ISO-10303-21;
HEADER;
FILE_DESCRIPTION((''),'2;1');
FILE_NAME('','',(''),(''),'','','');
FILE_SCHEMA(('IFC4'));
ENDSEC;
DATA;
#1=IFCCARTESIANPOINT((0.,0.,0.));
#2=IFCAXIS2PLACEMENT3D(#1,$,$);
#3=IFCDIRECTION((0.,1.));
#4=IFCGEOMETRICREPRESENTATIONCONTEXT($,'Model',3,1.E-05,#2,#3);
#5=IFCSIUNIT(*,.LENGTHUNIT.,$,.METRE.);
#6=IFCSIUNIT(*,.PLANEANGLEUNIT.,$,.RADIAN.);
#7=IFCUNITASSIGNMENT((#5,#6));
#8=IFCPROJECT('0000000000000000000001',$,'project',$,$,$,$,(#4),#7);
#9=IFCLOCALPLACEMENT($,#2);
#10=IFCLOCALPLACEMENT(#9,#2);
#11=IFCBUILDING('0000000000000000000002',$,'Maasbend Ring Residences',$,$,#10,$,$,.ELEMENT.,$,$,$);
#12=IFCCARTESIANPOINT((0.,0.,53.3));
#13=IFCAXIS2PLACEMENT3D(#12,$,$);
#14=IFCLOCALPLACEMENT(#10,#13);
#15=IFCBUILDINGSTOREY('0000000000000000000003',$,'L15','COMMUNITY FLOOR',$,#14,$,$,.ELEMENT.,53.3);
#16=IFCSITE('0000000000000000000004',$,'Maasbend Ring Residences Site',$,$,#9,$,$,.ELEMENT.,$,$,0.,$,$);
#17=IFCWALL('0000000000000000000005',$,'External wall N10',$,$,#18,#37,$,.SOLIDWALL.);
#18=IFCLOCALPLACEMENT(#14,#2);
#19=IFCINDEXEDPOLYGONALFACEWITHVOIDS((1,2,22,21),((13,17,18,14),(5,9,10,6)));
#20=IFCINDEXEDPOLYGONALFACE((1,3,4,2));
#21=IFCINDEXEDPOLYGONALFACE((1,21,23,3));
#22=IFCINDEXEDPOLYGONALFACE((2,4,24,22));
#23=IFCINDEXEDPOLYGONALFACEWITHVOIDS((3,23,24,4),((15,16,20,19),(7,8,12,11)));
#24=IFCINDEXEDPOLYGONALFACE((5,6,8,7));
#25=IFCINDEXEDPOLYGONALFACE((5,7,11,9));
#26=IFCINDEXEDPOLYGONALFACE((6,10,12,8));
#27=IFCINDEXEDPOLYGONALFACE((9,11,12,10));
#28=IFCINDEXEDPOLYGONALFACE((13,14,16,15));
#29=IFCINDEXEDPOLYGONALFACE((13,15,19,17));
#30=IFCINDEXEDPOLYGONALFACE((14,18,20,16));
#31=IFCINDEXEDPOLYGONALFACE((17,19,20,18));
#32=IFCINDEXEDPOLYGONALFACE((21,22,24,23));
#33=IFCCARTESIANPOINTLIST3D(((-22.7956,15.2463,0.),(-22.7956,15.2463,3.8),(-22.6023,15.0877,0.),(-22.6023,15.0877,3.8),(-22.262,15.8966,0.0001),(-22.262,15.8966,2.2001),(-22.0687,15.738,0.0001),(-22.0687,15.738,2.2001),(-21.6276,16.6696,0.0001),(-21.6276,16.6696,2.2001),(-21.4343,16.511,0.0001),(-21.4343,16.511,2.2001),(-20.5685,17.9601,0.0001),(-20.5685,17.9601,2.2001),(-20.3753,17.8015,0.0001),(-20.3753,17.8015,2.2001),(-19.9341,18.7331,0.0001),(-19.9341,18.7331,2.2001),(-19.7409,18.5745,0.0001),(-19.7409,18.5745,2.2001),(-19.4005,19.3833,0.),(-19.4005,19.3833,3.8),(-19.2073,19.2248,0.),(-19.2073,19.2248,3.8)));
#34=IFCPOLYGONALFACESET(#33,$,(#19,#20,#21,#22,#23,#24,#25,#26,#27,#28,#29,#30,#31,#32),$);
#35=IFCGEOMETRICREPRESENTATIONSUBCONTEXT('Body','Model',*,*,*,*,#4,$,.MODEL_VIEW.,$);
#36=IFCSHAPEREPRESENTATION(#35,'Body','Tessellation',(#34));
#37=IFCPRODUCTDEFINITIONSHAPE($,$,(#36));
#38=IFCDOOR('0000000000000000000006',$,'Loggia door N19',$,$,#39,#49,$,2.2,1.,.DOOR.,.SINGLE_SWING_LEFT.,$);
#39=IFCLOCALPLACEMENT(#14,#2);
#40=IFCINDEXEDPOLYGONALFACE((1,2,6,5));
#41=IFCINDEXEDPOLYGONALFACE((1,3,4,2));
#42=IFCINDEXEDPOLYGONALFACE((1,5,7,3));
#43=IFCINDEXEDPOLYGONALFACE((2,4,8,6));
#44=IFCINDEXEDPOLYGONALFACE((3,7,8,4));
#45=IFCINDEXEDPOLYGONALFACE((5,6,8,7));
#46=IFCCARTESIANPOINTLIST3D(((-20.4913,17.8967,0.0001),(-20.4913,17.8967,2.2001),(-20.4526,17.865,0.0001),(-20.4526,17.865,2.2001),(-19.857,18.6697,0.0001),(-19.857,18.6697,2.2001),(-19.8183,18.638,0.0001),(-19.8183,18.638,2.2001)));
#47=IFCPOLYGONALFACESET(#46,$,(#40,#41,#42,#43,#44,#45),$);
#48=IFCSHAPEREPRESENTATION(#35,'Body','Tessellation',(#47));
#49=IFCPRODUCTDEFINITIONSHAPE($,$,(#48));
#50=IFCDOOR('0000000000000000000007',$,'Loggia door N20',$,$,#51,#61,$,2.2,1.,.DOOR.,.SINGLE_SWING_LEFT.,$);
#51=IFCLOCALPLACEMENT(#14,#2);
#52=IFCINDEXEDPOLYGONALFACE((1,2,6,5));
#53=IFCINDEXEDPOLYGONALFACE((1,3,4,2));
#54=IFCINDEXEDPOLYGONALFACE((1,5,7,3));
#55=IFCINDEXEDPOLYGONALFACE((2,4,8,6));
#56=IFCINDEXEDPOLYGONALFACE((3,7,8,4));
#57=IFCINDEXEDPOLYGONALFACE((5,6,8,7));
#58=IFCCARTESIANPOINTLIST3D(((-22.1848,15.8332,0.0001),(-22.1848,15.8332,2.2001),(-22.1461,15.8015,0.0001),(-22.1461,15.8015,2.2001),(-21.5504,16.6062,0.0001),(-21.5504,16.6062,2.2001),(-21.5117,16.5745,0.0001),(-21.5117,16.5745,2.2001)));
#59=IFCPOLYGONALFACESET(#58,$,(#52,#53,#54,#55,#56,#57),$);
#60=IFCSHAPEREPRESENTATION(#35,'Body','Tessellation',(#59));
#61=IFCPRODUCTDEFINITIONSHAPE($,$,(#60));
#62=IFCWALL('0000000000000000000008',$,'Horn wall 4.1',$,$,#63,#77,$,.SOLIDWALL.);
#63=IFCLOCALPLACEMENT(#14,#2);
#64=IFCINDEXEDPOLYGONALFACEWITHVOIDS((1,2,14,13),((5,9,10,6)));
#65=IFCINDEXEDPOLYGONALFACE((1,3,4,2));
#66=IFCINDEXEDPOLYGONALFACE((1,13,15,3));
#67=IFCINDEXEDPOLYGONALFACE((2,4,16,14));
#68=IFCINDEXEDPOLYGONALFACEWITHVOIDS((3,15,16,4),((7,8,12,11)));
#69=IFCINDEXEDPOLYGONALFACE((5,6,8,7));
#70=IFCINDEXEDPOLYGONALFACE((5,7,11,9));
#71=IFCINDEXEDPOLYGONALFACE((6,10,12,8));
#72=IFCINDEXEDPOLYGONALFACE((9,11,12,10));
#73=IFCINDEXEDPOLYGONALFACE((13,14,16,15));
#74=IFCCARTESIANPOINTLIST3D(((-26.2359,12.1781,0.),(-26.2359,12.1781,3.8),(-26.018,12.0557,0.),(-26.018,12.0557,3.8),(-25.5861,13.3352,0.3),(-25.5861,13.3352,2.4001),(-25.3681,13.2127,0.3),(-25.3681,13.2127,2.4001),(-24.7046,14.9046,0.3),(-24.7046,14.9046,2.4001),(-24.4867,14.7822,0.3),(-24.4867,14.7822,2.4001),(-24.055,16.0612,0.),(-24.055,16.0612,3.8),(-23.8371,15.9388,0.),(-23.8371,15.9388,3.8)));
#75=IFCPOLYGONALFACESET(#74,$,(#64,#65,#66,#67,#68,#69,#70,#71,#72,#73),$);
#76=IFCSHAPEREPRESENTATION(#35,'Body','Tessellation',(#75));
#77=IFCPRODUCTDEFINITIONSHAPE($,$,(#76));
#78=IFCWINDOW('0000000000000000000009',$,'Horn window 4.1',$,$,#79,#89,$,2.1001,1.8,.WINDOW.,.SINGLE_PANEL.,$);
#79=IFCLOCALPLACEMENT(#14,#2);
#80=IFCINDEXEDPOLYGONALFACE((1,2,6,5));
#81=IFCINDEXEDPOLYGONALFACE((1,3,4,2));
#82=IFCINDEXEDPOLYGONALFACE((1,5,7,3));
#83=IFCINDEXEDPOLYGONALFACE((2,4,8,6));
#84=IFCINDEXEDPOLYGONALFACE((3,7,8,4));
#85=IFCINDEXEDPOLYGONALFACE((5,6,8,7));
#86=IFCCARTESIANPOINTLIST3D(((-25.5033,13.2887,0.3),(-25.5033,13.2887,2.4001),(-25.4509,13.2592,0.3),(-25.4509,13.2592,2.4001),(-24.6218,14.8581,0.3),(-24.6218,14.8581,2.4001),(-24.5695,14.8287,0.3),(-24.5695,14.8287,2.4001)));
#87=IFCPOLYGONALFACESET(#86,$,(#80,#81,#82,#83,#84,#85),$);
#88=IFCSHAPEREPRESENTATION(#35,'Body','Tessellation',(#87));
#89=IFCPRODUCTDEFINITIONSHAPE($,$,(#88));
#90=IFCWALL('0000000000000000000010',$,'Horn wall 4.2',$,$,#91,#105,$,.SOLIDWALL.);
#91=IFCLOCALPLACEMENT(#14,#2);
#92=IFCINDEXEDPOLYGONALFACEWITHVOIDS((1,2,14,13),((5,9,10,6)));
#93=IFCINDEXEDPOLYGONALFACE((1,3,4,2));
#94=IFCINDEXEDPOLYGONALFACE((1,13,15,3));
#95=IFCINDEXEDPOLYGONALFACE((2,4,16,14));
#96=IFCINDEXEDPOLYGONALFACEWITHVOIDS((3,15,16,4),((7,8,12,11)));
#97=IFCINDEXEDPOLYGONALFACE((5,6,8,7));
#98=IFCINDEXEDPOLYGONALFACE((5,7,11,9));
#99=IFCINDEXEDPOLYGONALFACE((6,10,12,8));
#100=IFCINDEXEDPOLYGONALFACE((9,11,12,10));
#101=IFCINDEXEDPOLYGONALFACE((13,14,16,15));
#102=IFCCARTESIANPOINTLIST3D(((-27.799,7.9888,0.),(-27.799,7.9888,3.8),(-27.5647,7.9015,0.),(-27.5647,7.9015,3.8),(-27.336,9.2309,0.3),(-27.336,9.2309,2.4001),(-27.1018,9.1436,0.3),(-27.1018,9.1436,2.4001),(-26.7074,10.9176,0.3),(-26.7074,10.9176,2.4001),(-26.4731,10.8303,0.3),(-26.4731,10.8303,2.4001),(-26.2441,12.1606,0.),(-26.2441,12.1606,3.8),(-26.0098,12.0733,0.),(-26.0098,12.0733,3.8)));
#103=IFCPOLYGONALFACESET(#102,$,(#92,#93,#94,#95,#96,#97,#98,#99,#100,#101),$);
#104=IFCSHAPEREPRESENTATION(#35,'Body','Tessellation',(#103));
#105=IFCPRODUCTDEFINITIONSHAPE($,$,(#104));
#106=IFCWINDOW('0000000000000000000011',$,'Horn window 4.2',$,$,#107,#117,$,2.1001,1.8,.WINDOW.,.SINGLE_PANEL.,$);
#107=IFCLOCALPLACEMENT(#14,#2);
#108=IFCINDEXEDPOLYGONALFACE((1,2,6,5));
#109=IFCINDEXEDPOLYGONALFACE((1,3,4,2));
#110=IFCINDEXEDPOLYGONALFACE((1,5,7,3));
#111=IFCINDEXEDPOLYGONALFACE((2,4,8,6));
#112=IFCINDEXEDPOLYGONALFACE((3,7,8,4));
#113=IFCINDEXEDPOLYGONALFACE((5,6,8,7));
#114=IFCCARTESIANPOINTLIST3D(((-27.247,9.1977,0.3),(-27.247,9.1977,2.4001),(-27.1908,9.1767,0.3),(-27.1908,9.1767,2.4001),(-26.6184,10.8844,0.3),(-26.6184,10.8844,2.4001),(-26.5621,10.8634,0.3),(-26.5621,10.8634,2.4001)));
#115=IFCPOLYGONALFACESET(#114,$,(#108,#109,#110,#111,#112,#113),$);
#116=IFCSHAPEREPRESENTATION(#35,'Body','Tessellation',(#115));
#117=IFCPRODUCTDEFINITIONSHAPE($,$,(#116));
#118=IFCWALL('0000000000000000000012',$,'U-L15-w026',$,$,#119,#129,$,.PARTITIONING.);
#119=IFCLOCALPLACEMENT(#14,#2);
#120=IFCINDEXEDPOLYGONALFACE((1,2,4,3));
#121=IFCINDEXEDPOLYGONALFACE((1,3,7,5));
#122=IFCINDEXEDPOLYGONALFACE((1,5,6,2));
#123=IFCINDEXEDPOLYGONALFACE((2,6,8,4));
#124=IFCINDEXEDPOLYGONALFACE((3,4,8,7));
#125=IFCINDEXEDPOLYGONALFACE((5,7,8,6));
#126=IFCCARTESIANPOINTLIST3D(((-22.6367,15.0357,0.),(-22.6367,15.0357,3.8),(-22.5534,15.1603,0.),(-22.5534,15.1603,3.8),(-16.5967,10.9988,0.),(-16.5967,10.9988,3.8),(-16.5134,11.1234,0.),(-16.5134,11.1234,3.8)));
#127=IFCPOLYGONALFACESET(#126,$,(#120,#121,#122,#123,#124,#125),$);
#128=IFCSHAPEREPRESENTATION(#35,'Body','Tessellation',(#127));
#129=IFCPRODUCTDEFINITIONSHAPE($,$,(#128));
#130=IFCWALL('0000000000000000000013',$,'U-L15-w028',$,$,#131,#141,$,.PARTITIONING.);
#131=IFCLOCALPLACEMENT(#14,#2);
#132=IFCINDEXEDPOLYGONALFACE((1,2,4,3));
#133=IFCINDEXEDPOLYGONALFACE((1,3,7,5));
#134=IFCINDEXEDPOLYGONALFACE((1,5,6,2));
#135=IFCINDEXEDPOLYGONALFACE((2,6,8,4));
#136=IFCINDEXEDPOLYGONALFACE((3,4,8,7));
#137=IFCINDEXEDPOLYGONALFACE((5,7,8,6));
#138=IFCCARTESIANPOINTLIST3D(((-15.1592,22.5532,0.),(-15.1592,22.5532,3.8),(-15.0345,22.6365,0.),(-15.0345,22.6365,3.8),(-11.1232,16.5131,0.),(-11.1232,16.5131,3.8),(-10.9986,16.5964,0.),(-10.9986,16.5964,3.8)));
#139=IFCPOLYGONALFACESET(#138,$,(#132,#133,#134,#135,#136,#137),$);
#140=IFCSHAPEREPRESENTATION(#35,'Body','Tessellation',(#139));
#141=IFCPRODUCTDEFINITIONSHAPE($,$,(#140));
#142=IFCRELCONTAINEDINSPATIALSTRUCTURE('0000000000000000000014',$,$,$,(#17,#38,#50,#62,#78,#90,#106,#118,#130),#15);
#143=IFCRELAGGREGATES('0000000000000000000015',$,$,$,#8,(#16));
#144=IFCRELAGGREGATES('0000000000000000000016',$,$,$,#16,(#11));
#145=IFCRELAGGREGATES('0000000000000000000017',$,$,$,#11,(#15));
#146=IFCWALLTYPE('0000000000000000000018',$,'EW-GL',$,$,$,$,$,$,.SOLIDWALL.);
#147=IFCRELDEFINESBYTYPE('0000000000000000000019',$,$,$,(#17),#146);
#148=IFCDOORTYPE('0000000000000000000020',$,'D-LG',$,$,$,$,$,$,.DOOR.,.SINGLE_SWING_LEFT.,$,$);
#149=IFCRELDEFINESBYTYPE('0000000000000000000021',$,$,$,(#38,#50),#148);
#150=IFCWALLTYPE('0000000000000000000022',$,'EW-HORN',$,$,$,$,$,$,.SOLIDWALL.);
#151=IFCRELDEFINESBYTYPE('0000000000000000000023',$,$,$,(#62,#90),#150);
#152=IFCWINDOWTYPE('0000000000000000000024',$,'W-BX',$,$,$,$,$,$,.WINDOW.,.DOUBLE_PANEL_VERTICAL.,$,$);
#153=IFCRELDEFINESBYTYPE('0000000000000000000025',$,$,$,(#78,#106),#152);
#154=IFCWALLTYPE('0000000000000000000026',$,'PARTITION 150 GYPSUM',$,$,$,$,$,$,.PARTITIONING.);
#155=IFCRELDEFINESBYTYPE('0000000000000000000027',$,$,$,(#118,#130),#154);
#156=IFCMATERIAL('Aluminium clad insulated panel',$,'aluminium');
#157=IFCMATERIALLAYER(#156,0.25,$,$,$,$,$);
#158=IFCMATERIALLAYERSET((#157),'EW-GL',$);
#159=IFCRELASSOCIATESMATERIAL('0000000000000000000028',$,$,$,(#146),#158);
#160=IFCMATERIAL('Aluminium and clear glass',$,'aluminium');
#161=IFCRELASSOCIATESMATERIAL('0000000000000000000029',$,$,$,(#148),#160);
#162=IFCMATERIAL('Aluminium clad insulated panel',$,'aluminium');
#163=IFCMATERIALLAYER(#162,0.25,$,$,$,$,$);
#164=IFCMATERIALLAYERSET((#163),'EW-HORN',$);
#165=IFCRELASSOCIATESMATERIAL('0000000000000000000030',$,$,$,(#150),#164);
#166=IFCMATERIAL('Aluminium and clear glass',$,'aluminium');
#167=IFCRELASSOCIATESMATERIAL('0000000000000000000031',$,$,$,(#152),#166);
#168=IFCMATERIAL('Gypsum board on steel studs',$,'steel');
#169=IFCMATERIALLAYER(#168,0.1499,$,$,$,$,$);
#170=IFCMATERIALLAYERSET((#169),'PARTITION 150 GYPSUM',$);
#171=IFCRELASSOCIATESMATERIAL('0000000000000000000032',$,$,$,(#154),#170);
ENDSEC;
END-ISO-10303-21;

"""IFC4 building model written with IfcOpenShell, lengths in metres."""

from ifc_helpers import new_model, si_unit, direction, frame, frame_2d, origin, place, context, subcontext, project, spatial, rectangle, extrude, material, layer, layer_set, type_object, element, fill, save


model = new_model("IFC4")

# Units and contexts
model_context = context("Model", 3, precision=1e-05, world=origin(), true_north=direction((0.0, 1.0)))
body_context = subcontext(model_context, "Body", "Model", "MODEL_VIEW")
ifc_project = project(units=[si_unit("LENGTHUNIT", "METRE"), si_unit("PLANEANGLEUNIT", "RADIAN")], contexts=[model_context])

# Site, building, storey
site_placement = place(None, origin())
site = spatial("IfcSite", under=ifc_project, at=site_placement, Name="Maasbend Ring Residences Site", CompositionType="ELEMENT", RefElevation=0.0)
building_placement = place(site_placement, origin())
building = spatial("IfcBuilding", under=site, at=building_placement, Name="Maasbend Ring Residences", CompositionType="ELEMENT")
storey_placement = place(building_placement, frame((0.0, 0.0, 53.3)))
storey = spatial("IfcBuildingStorey", under=building, at=storey_placement, Name="L15", Description="COMMUNITY FLOOR", CompositionType="ELEMENT", Elevation=53.3)

# Wall, openings, doors
ifc_material_1 = material(Name="Aluminium clad insulated panel", Category="aluminium")
ifc_layer_1 = layer(ifc_material_1, 0.25)
ifc_layer_set_1 = layer_set([ifc_layer_1], Name="EW-GL")
wall_type_1 = type_object("IfcWallType", Name="EW-GL", PredefinedType="SOLIDWALL", material=ifc_layer_set_1)
ifc_material_2 = material(Name="Aluminium and clear glass", Category="aluminium")
door_type_1 = type_object("IfcDoorType", Name="D-LG", OperationType="SINGLE_SWING_LEFT", PredefinedType="DOOR", material=ifc_material_2)
wall_1_placement = place(storey_placement, frame((-19.304, 19.304, 0.0), z_axis=(0.0, 0.0, 1.0), x_axis=(-0.634382, -0.773019, 0.0)))
wall_1 = element("IfcWall", 1, at=wall_1_placement, inside=storey, type_object=wall_type_1, Name="External wall N10", PredefinedType="SOLIDWALL", context=body_context, shape_type="SweptSolid", body=[
    extrude(rectangle(XDim=5.3518, YDim=0.25, at=frame_2d((2.6758, 0.0))), origin(), (0.0, 0.0, 1.0), 3.8),
])
opening_1_placement = place(wall_1_placement, frame((0.8411, 0.0, 0.0)))
opening_1 = element("IfcOpeningElement", 2, at=opening_1_placement, cuts=wall_1, PredefinedType="OPENING", context=body_context, shape_type="SweptSolid", body=[
    extrude(rectangle(XDim=1.0, YDim=2.2, at=frame_2d((0.5, 1.1001))), frame((0.0, 0.135, 0.0), z_axis=(0.0, -1.0, 0.0), x_axis=(1.0, 0.0, 0.0)), (0.0, 0.0, 1.0), 0.27),
])
opening_2_placement = place(wall_1_placement, frame((3.5105, 0.0, 0.0)))
opening_2 = element("IfcOpeningElement", 3, at=opening_2_placement, cuts=wall_1, PredefinedType="OPENING", context=body_context, shape_type="SweptSolid", body=[
    extrude(rectangle(XDim=1.0, YDim=2.2, at=frame_2d((0.5, 1.1001))), frame((0.0, 0.135, 0.0), z_axis=(0.0, -1.0, 0.0), x_axis=(1.0, 0.0, 0.0)), (0.0, 0.0, 1.0), 0.27),
])
door_1_placement = place(opening_1_placement, origin())
door_1 = element("IfcDoor", 4, at=door_1_placement, inside=storey, type_object=door_type_1, Name="Loggia door N19", OperationType="SINGLE_SWING_LEFT", OverallHeight=2.2, OverallWidth=1.0, PredefinedType="DOOR", context=body_context, shape_type="SweptSolid", body=[
    extrude(rectangle(XDim=1.0, YDim=2.2, at=frame_2d((0.5, 1.1001))), frame((0.0, 0.0249, 0.0), z_axis=(0.0, -1.0, 0.0), x_axis=(1.0, 0.0, 0.0)), (0.0, 0.0, 1.0), 0.05),
])
fill(opening_1, door_1)
door_2_placement = place(opening_2_placement, origin())
door_2 = element("IfcDoor", 5, at=door_2_placement, inside=storey, type_object=door_type_1, Name="Loggia door N20", OperationType="SINGLE_SWING_LEFT", OverallHeight=2.2, OverallWidth=1.0, PredefinedType="DOOR", context=body_context, shape_type="SweptSolid", body=[
    extrude(rectangle(XDim=1.0, YDim=2.2, at=frame_2d((0.5, 1.1001))), frame((0.0, 0.0249, 0.0), z_axis=(0.0, -1.0, 0.0), x_axis=(1.0, 0.0, 0.0)), (0.0, 0.0, 1.0), 0.05),
])
fill(opening_2, door_2)

# Walls, openings, windows
ifc_material_3 = material(Name="Aluminium clad insulated panel", Category="aluminium")
ifc_layer_2 = layer(ifc_material_3, 0.25)
ifc_layer_set_2 = layer_set([ifc_layer_2], Name="EW-HORN")
wall_type_2 = type_object("IfcWallType", Name="EW-HORN", PredefinedType="SOLIDWALL", material=ifc_layer_set_2)
wall_2_placement = place(storey_placement, frame((-23.946, 16.0, 0.0), z_axis=(0.0, 0.0, 1.0), x_axis=(-0.489696, -0.871893, 0.0)))
wall_2 = element("IfcWall", 6, at=wall_2_placement, inside=storey, type_object=wall_type_2, Name="Horn wall 4.1", PredefinedType="SOLIDWALL", context=body_context, shape_type="SweptSolid", body=[
    extrude(rectangle(XDim=4.4536, YDim=0.25, at=frame_2d((2.2268, 0.0))), origin(), (0.0, 0.0, 1.0), 3.8),
])
opening_3_placement = place(wall_2_placement, frame((1.3267, 0.0, 0.3)))
opening_3 = element("IfcOpeningElement", 7, at=opening_3_placement, cuts=wall_2, PredefinedType="OPENING", context=body_context, shape_type="SweptSolid", body=[
    extrude(rectangle(XDim=1.8, YDim=2.1001, at=frame_2d((0.8999, 1.05))), frame((0.0, 0.135, 0.0), z_axis=(0.0, -1.0, 0.0), x_axis=(1.0, 0.0, 0.0)), (0.0, 0.0, 1.0), 0.27),
])
ifc_material_4 = material(Name="Aluminium and clear glass", Category="aluminium")
window_type = type_object("IfcWindowType", Name="W-BX", PartitioningType="DOUBLE_PANEL_VERTICAL", PredefinedType="WINDOW", material=ifc_material_4)
window_1_placement = place(opening_3_placement, origin())
window_1 = element("IfcWindow", 8, at=window_1_placement, inside=storey, type_object=window_type, Name="Horn window 4.1", OverallHeight=2.1001, OverallWidth=1.8, PartitioningType="SINGLE_PANEL", PredefinedType="WINDOW", context=body_context, shape_type="SweptSolid", body=[
    extrude(rectangle(XDim=1.8, YDim=2.1001, at=frame_2d((0.8999, 1.05))), frame((0.0, 0.03, 0.0), z_axis=(0.0, -1.0, 0.0), x_axis=(1.0, 0.0, 0.0)), (0.0, 0.0, 1.0), 0.0601),
])
fill(opening_3, window_1)
wall_3_placement = place(storey_placement, frame((-26.127, 12.1169, 0.0), z_axis=(0.0, 0.0, 1.0), x_axis=(-0.349248, -0.93703, 0.0)))
wall_3 = element("IfcWall", 9, at=wall_3_placement, inside=storey, type_object=wall_type_2, Name="Horn wall 4.2", PredefinedType="SOLIDWALL", context=body_context, shape_type="SweptSolid", body=[
    extrude(rectangle(XDim=4.4521, YDim=0.25, at=frame_2d((2.2261, 0.0))), origin(), (0.0, 0.0, 1.0), 3.8),
])
opening_4_placement = place(wall_3_placement, frame((1.3267, 0.0, 0.3)))
opening_4 = element("IfcOpeningElement", 10, at=opening_4_placement, cuts=wall_3, PredefinedType="OPENING", context=body_context, shape_type="SweptSolid", body=[
    extrude(rectangle(XDim=1.8, YDim=2.1001, at=frame_2d((0.8999, 1.05))), frame((0.0, 0.135, 0.0), z_axis=(0.0, -1.0, 0.0), x_axis=(1.0, 0.0, 0.0)), (0.0, 0.0, 1.0), 0.27),
])
window_2_placement = place(opening_4_placement, origin())
window_2 = element("IfcWindow", 11, at=window_2_placement, inside=storey, type_object=window_type, Name="Horn window 4.2", OverallHeight=2.1001, OverallWidth=1.8, PartitioningType="SINGLE_PANEL", PredefinedType="WINDOW", context=body_context, shape_type="SweptSolid", body=[
    extrude(rectangle(XDim=1.8, YDim=2.1001, at=frame_2d((0.8999, 1.05))), frame((0.0, 0.03, 0.0), z_axis=(0.0, -1.0, 0.0), x_axis=(1.0, 0.0, 0.0)), (0.0, 0.0, 1.0), 0.0601),
])
fill(opening_4, window_2)

# Walls
ifc_material_5 = material(Name="Gypsum board on steel studs", Category="steel")
ifc_layer_3 = layer(ifc_material_5, 0.1499)
ifc_layer_set_3 = layer_set([ifc_layer_3], Name="PARTITION 150 GYPSUM")
wall_type_3 = type_object("IfcWallType", Name="PARTITION 150 GYPSUM", PredefinedType="PARTITIONING", material=ifc_layer_set_3)
wall_4_placement = place(storey_placement, frame((-22.595, 15.0979, 0.0), z_axis=(0.0, 0.0, 1.0), x_axis=(0.831403, -0.555669, 0.0)))
element("IfcWall", 12, at=wall_4_placement, inside=storey, type_object=wall_type_3, Name="U-L15-w026", PredefinedType="PARTITIONING", context=body_context, shape_type="SweptSolid", body=[
    extrude(rectangle(XDim=7.2649, YDim=0.1499, at=frame_2d((3.6323, 0.0))), origin(), (0.0, 0.0, 1.0), 3.8),
])
wall_5_placement = place(storey_placement, frame((-15.0969, 22.595, 0.0), z_axis=(0.0, 0.0, 1.0), x_axis=(0.555576, -0.831466, 0.0)))
element("IfcWall", 13, at=wall_5_placement, inside=storey, type_object=wall_type_3, Name="U-L15-w028", PredefinedType="PARTITIONING", context=body_context, shape_type="SweptSolid", body=[
    extrude(rectangle(XDim=7.2644, YDim=0.1499, at=frame_2d((3.6323, 0.0))), origin(), (0.0, 0.0, 1.0), 3.8),
])

save(model, "model.ifc")
